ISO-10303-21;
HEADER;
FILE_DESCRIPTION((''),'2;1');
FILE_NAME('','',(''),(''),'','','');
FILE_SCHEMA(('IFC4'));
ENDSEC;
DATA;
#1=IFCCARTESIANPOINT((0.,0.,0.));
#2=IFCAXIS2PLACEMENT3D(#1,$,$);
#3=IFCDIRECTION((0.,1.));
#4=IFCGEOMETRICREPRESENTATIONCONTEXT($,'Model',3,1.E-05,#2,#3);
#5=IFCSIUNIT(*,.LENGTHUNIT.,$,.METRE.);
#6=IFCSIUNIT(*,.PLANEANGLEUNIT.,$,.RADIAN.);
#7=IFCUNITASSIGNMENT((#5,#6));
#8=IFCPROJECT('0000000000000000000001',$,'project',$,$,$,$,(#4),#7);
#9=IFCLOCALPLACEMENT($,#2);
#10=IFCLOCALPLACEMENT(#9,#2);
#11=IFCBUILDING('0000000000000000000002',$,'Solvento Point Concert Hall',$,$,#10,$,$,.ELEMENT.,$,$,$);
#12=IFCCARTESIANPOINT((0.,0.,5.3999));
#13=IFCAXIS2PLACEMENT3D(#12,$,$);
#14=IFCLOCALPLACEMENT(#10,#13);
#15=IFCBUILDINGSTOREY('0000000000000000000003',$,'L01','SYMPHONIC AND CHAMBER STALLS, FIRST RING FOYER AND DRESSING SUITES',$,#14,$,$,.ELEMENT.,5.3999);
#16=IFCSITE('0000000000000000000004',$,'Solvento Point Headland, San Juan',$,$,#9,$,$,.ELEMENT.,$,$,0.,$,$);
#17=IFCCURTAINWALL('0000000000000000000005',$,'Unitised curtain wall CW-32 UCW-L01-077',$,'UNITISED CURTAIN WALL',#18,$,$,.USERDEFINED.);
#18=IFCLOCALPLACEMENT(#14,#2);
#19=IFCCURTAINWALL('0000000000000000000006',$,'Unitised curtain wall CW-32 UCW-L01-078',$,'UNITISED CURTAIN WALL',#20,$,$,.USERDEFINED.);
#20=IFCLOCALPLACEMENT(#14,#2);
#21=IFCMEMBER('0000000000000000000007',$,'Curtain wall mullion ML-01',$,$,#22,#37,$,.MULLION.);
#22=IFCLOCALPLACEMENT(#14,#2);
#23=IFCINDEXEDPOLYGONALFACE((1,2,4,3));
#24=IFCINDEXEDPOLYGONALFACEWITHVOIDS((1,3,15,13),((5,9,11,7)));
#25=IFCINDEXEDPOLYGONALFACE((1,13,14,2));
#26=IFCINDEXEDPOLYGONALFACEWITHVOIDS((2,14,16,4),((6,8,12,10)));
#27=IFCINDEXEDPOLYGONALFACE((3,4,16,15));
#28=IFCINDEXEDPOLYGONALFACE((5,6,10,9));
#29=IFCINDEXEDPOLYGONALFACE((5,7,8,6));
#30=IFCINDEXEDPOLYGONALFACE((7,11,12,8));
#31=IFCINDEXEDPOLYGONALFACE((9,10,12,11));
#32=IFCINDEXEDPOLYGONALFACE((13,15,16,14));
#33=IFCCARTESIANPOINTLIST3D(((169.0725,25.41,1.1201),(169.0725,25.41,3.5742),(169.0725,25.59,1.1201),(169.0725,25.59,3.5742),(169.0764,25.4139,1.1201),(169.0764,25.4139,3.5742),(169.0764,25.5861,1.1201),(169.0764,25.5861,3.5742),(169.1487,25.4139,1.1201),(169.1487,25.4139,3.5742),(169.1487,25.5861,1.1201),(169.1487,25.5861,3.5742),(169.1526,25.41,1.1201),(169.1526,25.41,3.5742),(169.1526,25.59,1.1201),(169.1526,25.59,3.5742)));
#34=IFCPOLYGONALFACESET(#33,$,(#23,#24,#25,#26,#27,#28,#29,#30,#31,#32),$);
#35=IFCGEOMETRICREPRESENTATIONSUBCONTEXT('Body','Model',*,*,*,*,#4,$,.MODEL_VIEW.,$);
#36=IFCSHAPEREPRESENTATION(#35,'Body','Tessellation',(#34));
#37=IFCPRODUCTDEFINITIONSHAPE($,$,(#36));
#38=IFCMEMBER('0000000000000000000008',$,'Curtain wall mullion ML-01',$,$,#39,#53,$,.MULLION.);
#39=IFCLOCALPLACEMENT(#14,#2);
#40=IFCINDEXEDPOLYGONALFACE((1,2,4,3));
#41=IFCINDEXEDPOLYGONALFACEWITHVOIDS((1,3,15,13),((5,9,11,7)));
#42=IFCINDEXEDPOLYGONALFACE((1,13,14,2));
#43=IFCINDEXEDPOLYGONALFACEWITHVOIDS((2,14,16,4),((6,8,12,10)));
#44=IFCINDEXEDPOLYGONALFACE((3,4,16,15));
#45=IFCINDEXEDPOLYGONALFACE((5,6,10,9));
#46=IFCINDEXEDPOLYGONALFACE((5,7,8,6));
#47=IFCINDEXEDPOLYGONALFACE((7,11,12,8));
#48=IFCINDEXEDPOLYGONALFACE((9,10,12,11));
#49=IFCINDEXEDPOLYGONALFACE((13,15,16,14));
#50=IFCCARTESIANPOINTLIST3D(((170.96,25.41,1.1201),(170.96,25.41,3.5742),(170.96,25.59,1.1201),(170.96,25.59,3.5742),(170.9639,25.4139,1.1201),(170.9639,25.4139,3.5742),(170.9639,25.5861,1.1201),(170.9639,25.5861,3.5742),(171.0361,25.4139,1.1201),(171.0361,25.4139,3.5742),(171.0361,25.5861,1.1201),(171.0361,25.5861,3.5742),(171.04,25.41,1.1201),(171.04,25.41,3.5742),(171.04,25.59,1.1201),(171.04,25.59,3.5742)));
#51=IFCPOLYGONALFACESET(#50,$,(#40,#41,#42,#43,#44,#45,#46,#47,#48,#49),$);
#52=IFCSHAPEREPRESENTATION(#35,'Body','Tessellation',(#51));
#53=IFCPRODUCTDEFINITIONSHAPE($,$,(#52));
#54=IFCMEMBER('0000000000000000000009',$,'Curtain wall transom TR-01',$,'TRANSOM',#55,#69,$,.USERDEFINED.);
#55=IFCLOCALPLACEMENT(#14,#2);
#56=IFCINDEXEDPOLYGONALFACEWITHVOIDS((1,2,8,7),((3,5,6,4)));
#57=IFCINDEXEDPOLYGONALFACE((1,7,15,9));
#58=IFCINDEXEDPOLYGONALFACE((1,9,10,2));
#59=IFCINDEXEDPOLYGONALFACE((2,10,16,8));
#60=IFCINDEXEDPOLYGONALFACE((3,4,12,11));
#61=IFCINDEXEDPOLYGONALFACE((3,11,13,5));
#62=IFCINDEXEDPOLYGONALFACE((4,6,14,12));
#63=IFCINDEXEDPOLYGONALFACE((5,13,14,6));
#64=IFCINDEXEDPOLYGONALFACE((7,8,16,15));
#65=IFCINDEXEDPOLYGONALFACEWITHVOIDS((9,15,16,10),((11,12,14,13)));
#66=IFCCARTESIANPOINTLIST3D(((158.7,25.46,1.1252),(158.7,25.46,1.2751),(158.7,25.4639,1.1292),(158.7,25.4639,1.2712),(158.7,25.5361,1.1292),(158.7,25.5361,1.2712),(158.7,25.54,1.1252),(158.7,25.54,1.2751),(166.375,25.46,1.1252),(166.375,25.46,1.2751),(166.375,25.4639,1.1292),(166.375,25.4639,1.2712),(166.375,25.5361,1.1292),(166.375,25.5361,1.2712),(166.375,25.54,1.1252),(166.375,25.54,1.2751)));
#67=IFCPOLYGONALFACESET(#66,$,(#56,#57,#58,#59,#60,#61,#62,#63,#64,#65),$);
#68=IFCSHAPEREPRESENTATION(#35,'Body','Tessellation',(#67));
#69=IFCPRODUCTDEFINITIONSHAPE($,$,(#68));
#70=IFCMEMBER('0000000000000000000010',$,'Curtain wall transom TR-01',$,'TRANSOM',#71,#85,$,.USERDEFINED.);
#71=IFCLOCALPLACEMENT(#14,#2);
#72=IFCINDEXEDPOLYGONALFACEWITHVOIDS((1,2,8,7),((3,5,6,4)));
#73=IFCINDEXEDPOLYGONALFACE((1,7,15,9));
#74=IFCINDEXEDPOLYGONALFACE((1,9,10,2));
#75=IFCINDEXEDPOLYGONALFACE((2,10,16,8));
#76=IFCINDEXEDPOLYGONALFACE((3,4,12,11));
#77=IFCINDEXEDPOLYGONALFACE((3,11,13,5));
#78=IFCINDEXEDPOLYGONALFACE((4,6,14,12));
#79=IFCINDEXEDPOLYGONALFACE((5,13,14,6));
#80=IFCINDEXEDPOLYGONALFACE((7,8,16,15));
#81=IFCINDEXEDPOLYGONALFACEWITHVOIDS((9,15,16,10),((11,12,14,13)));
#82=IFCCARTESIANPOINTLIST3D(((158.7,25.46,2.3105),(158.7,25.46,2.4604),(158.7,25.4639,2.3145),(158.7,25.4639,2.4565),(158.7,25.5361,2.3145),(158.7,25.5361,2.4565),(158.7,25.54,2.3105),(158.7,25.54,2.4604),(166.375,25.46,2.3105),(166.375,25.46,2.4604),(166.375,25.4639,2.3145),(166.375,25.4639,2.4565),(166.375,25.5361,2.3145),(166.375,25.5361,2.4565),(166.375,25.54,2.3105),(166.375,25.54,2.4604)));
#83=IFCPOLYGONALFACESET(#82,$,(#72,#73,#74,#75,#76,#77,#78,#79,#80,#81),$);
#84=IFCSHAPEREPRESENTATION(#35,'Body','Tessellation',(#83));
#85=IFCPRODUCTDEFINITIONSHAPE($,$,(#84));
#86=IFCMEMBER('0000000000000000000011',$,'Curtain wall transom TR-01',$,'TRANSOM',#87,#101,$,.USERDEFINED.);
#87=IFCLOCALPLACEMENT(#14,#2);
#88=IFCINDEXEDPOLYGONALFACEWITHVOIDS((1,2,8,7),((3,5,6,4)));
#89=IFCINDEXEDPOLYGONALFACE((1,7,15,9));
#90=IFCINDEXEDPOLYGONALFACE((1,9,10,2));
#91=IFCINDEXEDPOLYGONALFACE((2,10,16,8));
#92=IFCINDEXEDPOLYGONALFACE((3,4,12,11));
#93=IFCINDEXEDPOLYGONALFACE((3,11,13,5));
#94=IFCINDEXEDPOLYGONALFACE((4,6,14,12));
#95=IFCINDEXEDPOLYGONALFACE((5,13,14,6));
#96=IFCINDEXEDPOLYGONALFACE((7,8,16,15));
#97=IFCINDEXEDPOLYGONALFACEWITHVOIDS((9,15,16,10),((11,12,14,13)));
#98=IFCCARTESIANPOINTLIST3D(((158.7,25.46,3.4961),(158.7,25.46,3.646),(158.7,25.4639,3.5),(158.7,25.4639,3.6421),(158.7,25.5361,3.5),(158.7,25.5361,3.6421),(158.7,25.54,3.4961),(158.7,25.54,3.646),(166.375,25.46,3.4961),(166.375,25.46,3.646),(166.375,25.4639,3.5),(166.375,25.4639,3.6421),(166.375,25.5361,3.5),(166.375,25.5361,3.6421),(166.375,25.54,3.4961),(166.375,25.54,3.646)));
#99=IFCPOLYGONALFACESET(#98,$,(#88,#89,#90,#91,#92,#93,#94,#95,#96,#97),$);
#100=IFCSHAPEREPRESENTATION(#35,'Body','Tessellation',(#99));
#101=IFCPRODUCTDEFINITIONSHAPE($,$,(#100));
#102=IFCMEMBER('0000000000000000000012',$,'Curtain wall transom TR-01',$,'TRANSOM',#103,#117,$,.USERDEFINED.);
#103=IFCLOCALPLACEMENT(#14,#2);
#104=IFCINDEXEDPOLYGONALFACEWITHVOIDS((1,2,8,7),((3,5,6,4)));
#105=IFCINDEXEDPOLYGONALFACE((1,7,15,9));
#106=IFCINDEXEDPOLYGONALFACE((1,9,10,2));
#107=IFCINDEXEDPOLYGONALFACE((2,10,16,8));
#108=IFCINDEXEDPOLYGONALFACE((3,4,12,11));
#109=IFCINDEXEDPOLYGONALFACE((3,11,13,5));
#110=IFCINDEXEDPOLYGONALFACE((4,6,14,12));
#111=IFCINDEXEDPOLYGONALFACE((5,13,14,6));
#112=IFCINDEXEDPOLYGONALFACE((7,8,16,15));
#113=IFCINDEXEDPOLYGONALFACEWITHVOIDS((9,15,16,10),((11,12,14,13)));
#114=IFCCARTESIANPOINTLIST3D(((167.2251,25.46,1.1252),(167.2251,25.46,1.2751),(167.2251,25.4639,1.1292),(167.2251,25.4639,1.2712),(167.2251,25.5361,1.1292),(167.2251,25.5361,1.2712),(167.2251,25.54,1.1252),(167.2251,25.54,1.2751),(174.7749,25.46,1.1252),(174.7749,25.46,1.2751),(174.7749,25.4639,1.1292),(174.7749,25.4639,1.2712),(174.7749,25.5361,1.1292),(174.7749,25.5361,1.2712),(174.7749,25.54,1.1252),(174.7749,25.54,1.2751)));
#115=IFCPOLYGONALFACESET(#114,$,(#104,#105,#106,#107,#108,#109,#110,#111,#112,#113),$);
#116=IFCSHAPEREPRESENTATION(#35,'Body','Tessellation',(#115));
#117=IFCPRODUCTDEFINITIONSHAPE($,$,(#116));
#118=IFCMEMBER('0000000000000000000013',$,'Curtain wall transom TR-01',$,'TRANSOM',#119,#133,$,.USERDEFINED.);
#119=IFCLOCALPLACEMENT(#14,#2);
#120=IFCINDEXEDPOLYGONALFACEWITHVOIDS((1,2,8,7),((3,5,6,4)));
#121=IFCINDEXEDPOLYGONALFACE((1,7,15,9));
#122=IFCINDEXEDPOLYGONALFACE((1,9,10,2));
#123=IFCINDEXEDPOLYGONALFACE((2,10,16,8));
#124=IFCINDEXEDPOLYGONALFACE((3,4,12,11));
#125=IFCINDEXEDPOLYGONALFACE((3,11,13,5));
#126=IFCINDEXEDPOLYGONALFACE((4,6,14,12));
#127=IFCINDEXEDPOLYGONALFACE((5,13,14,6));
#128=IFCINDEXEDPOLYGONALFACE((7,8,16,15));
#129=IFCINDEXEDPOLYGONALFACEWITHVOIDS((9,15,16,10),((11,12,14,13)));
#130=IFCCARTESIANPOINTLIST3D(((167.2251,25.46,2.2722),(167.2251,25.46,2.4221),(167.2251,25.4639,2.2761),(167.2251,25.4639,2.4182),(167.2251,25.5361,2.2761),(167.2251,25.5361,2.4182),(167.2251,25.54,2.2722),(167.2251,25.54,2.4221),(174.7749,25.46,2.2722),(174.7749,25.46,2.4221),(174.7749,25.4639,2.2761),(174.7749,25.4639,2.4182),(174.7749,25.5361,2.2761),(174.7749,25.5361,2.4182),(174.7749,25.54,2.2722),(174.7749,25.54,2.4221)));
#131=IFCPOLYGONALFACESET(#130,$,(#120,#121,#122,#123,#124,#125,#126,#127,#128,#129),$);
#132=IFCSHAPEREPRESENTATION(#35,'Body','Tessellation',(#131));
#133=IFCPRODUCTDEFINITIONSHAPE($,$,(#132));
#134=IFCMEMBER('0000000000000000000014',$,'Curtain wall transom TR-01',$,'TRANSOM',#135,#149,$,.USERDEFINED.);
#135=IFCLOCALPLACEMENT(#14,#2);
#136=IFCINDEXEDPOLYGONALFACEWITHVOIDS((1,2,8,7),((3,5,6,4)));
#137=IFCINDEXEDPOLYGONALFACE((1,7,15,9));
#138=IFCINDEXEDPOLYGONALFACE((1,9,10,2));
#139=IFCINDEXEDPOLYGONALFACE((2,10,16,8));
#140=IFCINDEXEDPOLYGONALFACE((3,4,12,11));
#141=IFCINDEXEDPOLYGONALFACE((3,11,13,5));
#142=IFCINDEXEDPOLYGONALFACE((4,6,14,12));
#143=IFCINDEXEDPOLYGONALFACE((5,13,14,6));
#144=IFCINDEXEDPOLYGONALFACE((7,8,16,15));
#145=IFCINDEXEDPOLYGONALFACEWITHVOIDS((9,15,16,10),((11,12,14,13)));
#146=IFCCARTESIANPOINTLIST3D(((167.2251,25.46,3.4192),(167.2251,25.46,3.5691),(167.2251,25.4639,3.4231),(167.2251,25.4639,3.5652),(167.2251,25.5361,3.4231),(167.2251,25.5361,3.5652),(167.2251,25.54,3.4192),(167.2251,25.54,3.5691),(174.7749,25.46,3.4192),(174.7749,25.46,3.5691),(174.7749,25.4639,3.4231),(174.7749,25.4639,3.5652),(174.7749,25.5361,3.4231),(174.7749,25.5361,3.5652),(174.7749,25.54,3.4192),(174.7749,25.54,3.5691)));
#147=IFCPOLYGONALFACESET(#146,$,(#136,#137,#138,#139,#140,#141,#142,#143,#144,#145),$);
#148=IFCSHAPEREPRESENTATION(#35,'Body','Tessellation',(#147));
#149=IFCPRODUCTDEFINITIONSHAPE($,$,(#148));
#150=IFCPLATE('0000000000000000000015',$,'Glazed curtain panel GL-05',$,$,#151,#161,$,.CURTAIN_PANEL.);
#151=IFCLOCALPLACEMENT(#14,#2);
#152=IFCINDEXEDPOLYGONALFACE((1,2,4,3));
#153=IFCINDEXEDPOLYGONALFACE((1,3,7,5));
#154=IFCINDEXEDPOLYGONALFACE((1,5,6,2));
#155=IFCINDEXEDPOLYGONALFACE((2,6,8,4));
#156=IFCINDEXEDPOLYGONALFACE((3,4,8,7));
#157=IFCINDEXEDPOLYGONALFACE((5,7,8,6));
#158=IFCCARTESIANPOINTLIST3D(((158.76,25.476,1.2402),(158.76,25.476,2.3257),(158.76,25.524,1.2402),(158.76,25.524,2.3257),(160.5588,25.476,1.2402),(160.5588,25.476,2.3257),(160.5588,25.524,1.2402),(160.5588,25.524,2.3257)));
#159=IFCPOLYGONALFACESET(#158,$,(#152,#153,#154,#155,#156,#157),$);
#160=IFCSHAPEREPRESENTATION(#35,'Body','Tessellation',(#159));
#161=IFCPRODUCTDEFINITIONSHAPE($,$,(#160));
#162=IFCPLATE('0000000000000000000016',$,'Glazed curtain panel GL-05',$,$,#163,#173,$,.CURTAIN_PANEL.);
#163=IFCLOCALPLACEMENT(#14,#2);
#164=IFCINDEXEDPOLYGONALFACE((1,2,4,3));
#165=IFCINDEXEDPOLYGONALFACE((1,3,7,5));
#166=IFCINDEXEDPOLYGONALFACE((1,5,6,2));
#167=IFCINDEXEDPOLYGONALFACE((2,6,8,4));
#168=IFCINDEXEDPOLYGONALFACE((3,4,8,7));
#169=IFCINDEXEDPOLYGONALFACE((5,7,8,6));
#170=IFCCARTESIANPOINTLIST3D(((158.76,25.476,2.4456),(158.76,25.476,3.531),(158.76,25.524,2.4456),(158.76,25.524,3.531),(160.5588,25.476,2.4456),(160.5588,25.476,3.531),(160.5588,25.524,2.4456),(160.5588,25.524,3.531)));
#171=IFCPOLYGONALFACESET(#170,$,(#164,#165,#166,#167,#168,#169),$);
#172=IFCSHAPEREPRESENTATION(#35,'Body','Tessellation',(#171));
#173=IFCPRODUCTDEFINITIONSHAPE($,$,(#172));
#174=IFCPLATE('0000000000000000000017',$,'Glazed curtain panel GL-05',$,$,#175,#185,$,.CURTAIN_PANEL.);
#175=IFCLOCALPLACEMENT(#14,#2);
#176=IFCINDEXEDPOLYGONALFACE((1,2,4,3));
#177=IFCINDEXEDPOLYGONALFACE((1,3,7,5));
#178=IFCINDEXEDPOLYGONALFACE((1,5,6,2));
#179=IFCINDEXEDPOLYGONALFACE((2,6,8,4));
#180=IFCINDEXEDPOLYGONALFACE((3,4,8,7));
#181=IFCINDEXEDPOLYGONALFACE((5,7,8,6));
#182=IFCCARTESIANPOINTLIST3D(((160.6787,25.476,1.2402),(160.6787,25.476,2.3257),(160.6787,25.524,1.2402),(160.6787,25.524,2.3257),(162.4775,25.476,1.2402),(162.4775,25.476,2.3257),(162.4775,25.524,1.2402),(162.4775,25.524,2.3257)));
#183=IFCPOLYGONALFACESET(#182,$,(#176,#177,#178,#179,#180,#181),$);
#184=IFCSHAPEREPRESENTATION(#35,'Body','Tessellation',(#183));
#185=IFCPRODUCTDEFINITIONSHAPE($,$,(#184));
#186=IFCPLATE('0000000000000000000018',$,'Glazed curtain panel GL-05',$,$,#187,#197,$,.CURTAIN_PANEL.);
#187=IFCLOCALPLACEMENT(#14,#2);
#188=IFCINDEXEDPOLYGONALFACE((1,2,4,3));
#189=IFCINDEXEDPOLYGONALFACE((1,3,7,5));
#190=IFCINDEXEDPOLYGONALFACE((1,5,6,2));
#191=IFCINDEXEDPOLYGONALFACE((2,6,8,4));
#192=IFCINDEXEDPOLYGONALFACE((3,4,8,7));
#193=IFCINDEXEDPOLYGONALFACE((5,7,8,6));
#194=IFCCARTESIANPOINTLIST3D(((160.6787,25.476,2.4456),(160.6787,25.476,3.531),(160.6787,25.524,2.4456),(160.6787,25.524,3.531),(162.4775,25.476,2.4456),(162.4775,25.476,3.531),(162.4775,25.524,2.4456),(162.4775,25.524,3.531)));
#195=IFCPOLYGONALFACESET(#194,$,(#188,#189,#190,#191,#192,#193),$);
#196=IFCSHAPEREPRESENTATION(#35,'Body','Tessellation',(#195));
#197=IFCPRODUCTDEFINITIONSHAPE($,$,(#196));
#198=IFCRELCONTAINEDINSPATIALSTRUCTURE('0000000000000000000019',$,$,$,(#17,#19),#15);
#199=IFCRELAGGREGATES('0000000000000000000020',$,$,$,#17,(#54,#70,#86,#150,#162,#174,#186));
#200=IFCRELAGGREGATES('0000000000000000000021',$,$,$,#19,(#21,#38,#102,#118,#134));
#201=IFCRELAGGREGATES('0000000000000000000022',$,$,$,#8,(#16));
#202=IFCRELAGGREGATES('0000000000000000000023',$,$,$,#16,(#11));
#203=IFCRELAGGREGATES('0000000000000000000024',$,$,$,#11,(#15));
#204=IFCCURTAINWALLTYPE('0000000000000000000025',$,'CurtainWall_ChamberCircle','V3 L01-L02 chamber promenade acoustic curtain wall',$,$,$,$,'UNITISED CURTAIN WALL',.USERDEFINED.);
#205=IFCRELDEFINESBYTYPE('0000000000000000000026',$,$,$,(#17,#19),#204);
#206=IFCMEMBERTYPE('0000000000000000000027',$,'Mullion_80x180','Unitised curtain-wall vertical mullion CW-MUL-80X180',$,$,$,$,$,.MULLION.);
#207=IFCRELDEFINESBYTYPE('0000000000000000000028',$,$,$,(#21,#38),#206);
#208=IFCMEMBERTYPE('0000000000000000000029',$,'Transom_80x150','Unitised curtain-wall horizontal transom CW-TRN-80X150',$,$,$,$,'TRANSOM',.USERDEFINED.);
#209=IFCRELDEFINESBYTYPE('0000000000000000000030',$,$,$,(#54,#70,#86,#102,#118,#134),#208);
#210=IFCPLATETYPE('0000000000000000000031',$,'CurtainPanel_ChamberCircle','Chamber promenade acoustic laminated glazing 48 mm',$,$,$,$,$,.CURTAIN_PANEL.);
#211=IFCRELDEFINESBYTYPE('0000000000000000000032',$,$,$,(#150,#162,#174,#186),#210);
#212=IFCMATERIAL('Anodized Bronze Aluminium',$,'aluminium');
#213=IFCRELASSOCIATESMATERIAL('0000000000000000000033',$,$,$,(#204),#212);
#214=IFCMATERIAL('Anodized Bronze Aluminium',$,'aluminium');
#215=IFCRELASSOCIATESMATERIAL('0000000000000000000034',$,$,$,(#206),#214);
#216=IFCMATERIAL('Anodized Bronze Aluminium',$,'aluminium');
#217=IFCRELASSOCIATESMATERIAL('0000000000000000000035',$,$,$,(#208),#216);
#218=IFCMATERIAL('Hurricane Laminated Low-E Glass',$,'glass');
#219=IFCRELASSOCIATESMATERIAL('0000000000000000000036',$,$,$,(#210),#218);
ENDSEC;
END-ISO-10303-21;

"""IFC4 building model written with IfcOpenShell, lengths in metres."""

from ifc_helpers import new_model, si_unit, direction, frame, origin, origin_2d, place, context, subcontext, project, spatial, rectangle, hollow_rectangle, extrude, material, material_profile, profile_set, type_object, element, aggregate, save


model = new_model("IFC4")

# Units and contexts
model_context = context("Model", 3, precision=1e-05, world=origin(), true_north=direction((0.0, 1.0)))
body_context = subcontext(model_context, "Body", "Model", "MODEL_VIEW")
ifc_project = project(units=[si_unit("LENGTHUNIT", "METRE"), si_unit("PLANEANGLEUNIT", "RADIAN")], contexts=[model_context])

# Site, building, storey
site_placement = place(None, origin())
site = spatial("IfcSite", under=ifc_project, at=site_placement, Name="Solvento Point Headland, San Juan", CompositionType="ELEMENT", RefElevation=0.0)
building_placement = place(site_placement, origin())
building = spatial("IfcBuilding", under=site, at=building_placement, Name="Solvento Point Concert Hall", CompositionType="ELEMENT")
storey_placement = place(building_placement, frame((0.0, 0.0, 5.3999)))
storey = spatial("IfcBuildingStorey", under=building, at=storey_placement, Name="L01", Description="SYMPHONIC AND CHAMBER STALLS, FIRST RING FOYER AND DRESSING SUITES", CompositionType="ELEMENT", Elevation=5.3999)

# Curtain walls, members
ifc_material_1 = material(Name="Anodized Bronze Aluminium", Category="aluminium")
curtain_wall_type = type_object("IfcCurtainWallType", Name="CurtainWall_ChamberCircle", Description="V3 L01-L02 chamber promenade acoustic curtain wall", ElementType="UNITISED CURTAIN WALL", PredefinedType="USERDEFINED", material=ifc_material_1)
curtain_wall_1_placement = place(storey_placement, origin())
curtain_wall_1 = element("IfcCurtainWall", 1, at=curtain_wall_1_placement, inside=storey, type_object=curtain_wall_type, Name="Unitised curtain wall CW-32 UCW-L01-077", ObjectType="UNITISED CURTAIN WALL", PredefinedType="USERDEFINED")
ifc_material_2 = material(Name="Anodized Bronze Aluminium", Category="aluminium")
ifc_material_profile_1 = material_profile(ifc_material_2, hollow_rectangle(XDim=0.0801, YDim=0.1799, WallThickness=0.0039, at=origin_2d()), Name="CW-MUL-80X180")
ifc_profile_set_1 = profile_set([ifc_material_profile_1], Name="Anodized Bronze Aluminium")
member_type_1 = type_object("IfcMemberType", Name="Mullion_80x180", Description="Unitised curtain-wall vertical mullion CW-MUL-80X180", PredefinedType="MULLION", material=ifc_profile_set_1)
curtain_wall_2_placement = place(storey_placement, origin())
curtain_wall_2 = element("IfcCurtainWall", 2, at=curtain_wall_2_placement, inside=storey, type_object=curtain_wall_type, Name="Unitised curtain wall CW-32 UCW-L01-078", ObjectType="UNITISED CURTAIN WALL", PredefinedType="USERDEFINED")
member_1_placement = place(storey_placement, frame((169.1125, 25.5, 1.1201), z_axis=(0.0, 0.0, 1.0), x_axis=(1.0, 0.0, 0.0)))
member_1 = element("IfcMember", 3, at=member_1_placement, type_object=member_type_1, Name="Curtain wall mullion ML-01", PredefinedType="MULLION", context=body_context, shape_type="SweptSolid", body=[
    extrude(hollow_rectangle(XDim=0.0801, YDim=0.1799, WallThickness=0.0039, at=origin_2d()), origin(), (0.0, 0.0, 1.0), 2.4541),
])
member_2_placement = place(storey_placement, frame((171.0, 25.5, 1.1201), z_axis=(0.0, 0.0, 1.0), x_axis=(1.0, 0.0, 0.0)))
member_2 = element("IfcMember", 4, at=member_2_placement, type_object=member_type_1, Name="Curtain wall mullion ML-01", PredefinedType="MULLION", context=body_context, shape_type="SweptSolid", body=[
    extrude(hollow_rectangle(XDim=0.0801, YDim=0.1799, WallThickness=0.0039, at=origin_2d()), origin(), (0.0, 0.0, 1.0), 2.4541),
])

# Members
ifc_material_3 = material(Name="Anodized Bronze Aluminium", Category="aluminium")
ifc_material_profile_2 = material_profile(ifc_material_3, hollow_rectangle(XDim=0.0801, YDim=0.1499, WallThickness=0.0039, at=origin_2d()), Name="CW-TRN-80X150")
ifc_profile_set_2 = profile_set([ifc_material_profile_2], Name="Anodized Bronze Aluminium")
member_type_2 = type_object("IfcMemberType", Name="Transom_80x150", Description="Unitised curtain-wall horizontal transom CW-TRN-80X150", ElementType="TRANSOM", PredefinedType="USERDEFINED", material=ifc_profile_set_2)
member_3_placement = place(storey_placement, frame((158.7, 25.5, 1.2002), z_axis=(1.0, 0.0, 0.0), x_axis=(0.0, 1.0, 0.0)))
member_3 = element("IfcMember", 5, at=member_3_placement, type_object=member_type_2, Name="Curtain wall transom TR-01", ObjectType="TRANSOM", PredefinedType="USERDEFINED", context=body_context, shape_type="SweptSolid", body=[
    extrude(hollow_rectangle(XDim=0.0801, YDim=0.1499, WallThickness=0.0039, at=origin_2d()), origin(), (0.0, 0.0, 1.0), 7.675),
])
member_4_placement = place(storey_placement, frame((158.7, 25.5, 2.3855), z_axis=(1.0, 0.0, 0.0), x_axis=(0.0, 1.0, 0.0)))
member_4 = element("IfcMember", 6, at=member_4_placement, type_object=member_type_2, Name="Curtain wall transom TR-01", ObjectType="TRANSOM", PredefinedType="USERDEFINED", context=body_context, shape_type="SweptSolid", body=[
    extrude(hollow_rectangle(XDim=0.0801, YDim=0.1499, WallThickness=0.0039, at=origin_2d()), origin(), (0.0, 0.0, 1.0), 7.675),
])
member_5_placement = place(storey_placement, frame((158.7, 25.5, 3.571), z_axis=(1.0, 0.0, 0.0), x_axis=(0.0, 1.0, 0.0)))
member_5 = element("IfcMember", 7, at=member_5_placement, type_object=member_type_2, Name="Curtain wall transom TR-01", ObjectType="TRANSOM", PredefinedType="USERDEFINED", context=body_context, shape_type="SweptSolid", body=[
    extrude(hollow_rectangle(XDim=0.0801, YDim=0.1499, WallThickness=0.0039, at=origin_2d()), origin(), (0.0, 0.0, 1.0), 7.675),
])
member_6_placement = place(storey_placement, frame((167.2251, 25.5, 1.2002), z_axis=(1.0, 0.0, 0.0), x_axis=(0.0, 1.0, 0.0)))
member_6 = element("IfcMember", 8, at=member_6_placement, type_object=member_type_2, Name="Curtain wall transom TR-01", ObjectType="TRANSOM", PredefinedType="USERDEFINED", context=body_context, shape_type="SweptSolid", body=[
    extrude(hollow_rectangle(XDim=0.0801, YDim=0.1499, WallThickness=0.0039, at=origin_2d()), origin(), (0.0, 0.0, 1.0), 7.5498),
])
member_7_placement = place(storey_placement, frame((167.2251, 25.5, 2.3472), z_axis=(1.0, 0.0, 0.0), x_axis=(0.0, 1.0, 0.0)))
member_7 = element("IfcMember", 9, at=member_7_placement, type_object=member_type_2, Name="Curtain wall transom TR-01", ObjectType="TRANSOM", PredefinedType="USERDEFINED", context=body_context, shape_type="SweptSolid", body=[
    extrude(hollow_rectangle(XDim=0.0801, YDim=0.1499, WallThickness=0.0039, at=origin_2d()), origin(), (0.0, 0.0, 1.0), 7.5498),
])
member_8_placement = place(storey_placement, frame((167.2251, 25.5, 3.4941), z_axis=(1.0, 0.0, 0.0), x_axis=(0.0, 1.0, 0.0)))
member_8 = element("IfcMember", 10, at=member_8_placement, type_object=member_type_2, Name="Curtain wall transom TR-01", ObjectType="TRANSOM", PredefinedType="USERDEFINED", context=body_context, shape_type="SweptSolid", body=[
    extrude(hollow_rectangle(XDim=0.0801, YDim=0.1499, WallThickness=0.0039, at=origin_2d()), origin(), (0.0, 0.0, 1.0), 7.5498),
])

# Plates
ifc_material_4 = material(Name="Hurricane Laminated Low-E Glass", Category="glass")
plate_type = type_object("IfcPlateType", Name="CurtainPanel_ChamberCircle", Description="Chamber promenade acoustic laminated glazing 48 mm", PredefinedType="CURTAIN_PANEL", material=ifc_material_4)
plate_1_placement = place(storey_placement, frame((159.6594, 25.5, 1.2402), z_axis=(0.0, 0.0, 1.0), x_axis=(1.0, 0.0, 0.0)))
plate_1 = element("IfcPlate", 11, at=plate_1_placement, type_object=plate_type, Name="Glazed curtain panel GL-05", PredefinedType="CURTAIN_PANEL", context=body_context, shape_type="SweptSolid", body=[
    extrude(rectangle(XDim=1.7988, YDim=0.0481, at=origin_2d()), origin(), (0.0, 0.0, 1.0), 1.0854),
])
plate_2_placement = place(storey_placement, frame((159.6594, 25.5, 2.4456), z_axis=(0.0, 0.0, 1.0), x_axis=(1.0, 0.0, 0.0)))
plate_2 = element("IfcPlate", 12, at=plate_2_placement, type_object=plate_type, Name="Glazed curtain panel GL-05", PredefinedType="CURTAIN_PANEL", context=body_context, shape_type="SweptSolid", body=[
    extrude(rectangle(XDim=1.7988, YDim=0.0481, at=origin_2d()), origin(), (0.0, 0.0, 1.0), 1.0854),
])
plate_3_placement = place(storey_placement, frame((161.5781, 25.5, 1.2402), z_axis=(0.0, 0.0, 1.0), x_axis=(1.0, 0.0, 0.0)))
plate_3 = element("IfcPlate", 13, at=plate_3_placement, type_object=plate_type, Name="Glazed curtain panel GL-05", PredefinedType="CURTAIN_PANEL", context=body_context, shape_type="SweptSolid", body=[
    extrude(rectangle(XDim=1.7988, YDim=0.0481, at=origin_2d()), origin(), (0.0, 0.0, 1.0), 1.0854),
])
plate_4_placement = place(storey_placement, frame((161.5781, 25.5, 2.4456), z_axis=(0.0, 0.0, 1.0), x_axis=(1.0, 0.0, 0.0)))
plate_4 = element("IfcPlate", 14, at=plate_4_placement, type_object=plate_type, Name="Glazed curtain panel GL-05", PredefinedType="CURTAIN_PANEL", context=body_context, shape_type="SweptSolid", body=[
    extrude(rectangle(XDim=1.7988, YDim=0.0481, at=origin_2d()), origin(), (0.0, 0.0, 1.0), 1.0854),
])
aggregate(curtain_wall_1, [member_3, member_4, member_5, plate_1, plate_2, plate_3, plate_4])
aggregate(curtain_wall_2, [member_1, member_2, member_6, member_7, member_8])

save(model, "model.ifc")
